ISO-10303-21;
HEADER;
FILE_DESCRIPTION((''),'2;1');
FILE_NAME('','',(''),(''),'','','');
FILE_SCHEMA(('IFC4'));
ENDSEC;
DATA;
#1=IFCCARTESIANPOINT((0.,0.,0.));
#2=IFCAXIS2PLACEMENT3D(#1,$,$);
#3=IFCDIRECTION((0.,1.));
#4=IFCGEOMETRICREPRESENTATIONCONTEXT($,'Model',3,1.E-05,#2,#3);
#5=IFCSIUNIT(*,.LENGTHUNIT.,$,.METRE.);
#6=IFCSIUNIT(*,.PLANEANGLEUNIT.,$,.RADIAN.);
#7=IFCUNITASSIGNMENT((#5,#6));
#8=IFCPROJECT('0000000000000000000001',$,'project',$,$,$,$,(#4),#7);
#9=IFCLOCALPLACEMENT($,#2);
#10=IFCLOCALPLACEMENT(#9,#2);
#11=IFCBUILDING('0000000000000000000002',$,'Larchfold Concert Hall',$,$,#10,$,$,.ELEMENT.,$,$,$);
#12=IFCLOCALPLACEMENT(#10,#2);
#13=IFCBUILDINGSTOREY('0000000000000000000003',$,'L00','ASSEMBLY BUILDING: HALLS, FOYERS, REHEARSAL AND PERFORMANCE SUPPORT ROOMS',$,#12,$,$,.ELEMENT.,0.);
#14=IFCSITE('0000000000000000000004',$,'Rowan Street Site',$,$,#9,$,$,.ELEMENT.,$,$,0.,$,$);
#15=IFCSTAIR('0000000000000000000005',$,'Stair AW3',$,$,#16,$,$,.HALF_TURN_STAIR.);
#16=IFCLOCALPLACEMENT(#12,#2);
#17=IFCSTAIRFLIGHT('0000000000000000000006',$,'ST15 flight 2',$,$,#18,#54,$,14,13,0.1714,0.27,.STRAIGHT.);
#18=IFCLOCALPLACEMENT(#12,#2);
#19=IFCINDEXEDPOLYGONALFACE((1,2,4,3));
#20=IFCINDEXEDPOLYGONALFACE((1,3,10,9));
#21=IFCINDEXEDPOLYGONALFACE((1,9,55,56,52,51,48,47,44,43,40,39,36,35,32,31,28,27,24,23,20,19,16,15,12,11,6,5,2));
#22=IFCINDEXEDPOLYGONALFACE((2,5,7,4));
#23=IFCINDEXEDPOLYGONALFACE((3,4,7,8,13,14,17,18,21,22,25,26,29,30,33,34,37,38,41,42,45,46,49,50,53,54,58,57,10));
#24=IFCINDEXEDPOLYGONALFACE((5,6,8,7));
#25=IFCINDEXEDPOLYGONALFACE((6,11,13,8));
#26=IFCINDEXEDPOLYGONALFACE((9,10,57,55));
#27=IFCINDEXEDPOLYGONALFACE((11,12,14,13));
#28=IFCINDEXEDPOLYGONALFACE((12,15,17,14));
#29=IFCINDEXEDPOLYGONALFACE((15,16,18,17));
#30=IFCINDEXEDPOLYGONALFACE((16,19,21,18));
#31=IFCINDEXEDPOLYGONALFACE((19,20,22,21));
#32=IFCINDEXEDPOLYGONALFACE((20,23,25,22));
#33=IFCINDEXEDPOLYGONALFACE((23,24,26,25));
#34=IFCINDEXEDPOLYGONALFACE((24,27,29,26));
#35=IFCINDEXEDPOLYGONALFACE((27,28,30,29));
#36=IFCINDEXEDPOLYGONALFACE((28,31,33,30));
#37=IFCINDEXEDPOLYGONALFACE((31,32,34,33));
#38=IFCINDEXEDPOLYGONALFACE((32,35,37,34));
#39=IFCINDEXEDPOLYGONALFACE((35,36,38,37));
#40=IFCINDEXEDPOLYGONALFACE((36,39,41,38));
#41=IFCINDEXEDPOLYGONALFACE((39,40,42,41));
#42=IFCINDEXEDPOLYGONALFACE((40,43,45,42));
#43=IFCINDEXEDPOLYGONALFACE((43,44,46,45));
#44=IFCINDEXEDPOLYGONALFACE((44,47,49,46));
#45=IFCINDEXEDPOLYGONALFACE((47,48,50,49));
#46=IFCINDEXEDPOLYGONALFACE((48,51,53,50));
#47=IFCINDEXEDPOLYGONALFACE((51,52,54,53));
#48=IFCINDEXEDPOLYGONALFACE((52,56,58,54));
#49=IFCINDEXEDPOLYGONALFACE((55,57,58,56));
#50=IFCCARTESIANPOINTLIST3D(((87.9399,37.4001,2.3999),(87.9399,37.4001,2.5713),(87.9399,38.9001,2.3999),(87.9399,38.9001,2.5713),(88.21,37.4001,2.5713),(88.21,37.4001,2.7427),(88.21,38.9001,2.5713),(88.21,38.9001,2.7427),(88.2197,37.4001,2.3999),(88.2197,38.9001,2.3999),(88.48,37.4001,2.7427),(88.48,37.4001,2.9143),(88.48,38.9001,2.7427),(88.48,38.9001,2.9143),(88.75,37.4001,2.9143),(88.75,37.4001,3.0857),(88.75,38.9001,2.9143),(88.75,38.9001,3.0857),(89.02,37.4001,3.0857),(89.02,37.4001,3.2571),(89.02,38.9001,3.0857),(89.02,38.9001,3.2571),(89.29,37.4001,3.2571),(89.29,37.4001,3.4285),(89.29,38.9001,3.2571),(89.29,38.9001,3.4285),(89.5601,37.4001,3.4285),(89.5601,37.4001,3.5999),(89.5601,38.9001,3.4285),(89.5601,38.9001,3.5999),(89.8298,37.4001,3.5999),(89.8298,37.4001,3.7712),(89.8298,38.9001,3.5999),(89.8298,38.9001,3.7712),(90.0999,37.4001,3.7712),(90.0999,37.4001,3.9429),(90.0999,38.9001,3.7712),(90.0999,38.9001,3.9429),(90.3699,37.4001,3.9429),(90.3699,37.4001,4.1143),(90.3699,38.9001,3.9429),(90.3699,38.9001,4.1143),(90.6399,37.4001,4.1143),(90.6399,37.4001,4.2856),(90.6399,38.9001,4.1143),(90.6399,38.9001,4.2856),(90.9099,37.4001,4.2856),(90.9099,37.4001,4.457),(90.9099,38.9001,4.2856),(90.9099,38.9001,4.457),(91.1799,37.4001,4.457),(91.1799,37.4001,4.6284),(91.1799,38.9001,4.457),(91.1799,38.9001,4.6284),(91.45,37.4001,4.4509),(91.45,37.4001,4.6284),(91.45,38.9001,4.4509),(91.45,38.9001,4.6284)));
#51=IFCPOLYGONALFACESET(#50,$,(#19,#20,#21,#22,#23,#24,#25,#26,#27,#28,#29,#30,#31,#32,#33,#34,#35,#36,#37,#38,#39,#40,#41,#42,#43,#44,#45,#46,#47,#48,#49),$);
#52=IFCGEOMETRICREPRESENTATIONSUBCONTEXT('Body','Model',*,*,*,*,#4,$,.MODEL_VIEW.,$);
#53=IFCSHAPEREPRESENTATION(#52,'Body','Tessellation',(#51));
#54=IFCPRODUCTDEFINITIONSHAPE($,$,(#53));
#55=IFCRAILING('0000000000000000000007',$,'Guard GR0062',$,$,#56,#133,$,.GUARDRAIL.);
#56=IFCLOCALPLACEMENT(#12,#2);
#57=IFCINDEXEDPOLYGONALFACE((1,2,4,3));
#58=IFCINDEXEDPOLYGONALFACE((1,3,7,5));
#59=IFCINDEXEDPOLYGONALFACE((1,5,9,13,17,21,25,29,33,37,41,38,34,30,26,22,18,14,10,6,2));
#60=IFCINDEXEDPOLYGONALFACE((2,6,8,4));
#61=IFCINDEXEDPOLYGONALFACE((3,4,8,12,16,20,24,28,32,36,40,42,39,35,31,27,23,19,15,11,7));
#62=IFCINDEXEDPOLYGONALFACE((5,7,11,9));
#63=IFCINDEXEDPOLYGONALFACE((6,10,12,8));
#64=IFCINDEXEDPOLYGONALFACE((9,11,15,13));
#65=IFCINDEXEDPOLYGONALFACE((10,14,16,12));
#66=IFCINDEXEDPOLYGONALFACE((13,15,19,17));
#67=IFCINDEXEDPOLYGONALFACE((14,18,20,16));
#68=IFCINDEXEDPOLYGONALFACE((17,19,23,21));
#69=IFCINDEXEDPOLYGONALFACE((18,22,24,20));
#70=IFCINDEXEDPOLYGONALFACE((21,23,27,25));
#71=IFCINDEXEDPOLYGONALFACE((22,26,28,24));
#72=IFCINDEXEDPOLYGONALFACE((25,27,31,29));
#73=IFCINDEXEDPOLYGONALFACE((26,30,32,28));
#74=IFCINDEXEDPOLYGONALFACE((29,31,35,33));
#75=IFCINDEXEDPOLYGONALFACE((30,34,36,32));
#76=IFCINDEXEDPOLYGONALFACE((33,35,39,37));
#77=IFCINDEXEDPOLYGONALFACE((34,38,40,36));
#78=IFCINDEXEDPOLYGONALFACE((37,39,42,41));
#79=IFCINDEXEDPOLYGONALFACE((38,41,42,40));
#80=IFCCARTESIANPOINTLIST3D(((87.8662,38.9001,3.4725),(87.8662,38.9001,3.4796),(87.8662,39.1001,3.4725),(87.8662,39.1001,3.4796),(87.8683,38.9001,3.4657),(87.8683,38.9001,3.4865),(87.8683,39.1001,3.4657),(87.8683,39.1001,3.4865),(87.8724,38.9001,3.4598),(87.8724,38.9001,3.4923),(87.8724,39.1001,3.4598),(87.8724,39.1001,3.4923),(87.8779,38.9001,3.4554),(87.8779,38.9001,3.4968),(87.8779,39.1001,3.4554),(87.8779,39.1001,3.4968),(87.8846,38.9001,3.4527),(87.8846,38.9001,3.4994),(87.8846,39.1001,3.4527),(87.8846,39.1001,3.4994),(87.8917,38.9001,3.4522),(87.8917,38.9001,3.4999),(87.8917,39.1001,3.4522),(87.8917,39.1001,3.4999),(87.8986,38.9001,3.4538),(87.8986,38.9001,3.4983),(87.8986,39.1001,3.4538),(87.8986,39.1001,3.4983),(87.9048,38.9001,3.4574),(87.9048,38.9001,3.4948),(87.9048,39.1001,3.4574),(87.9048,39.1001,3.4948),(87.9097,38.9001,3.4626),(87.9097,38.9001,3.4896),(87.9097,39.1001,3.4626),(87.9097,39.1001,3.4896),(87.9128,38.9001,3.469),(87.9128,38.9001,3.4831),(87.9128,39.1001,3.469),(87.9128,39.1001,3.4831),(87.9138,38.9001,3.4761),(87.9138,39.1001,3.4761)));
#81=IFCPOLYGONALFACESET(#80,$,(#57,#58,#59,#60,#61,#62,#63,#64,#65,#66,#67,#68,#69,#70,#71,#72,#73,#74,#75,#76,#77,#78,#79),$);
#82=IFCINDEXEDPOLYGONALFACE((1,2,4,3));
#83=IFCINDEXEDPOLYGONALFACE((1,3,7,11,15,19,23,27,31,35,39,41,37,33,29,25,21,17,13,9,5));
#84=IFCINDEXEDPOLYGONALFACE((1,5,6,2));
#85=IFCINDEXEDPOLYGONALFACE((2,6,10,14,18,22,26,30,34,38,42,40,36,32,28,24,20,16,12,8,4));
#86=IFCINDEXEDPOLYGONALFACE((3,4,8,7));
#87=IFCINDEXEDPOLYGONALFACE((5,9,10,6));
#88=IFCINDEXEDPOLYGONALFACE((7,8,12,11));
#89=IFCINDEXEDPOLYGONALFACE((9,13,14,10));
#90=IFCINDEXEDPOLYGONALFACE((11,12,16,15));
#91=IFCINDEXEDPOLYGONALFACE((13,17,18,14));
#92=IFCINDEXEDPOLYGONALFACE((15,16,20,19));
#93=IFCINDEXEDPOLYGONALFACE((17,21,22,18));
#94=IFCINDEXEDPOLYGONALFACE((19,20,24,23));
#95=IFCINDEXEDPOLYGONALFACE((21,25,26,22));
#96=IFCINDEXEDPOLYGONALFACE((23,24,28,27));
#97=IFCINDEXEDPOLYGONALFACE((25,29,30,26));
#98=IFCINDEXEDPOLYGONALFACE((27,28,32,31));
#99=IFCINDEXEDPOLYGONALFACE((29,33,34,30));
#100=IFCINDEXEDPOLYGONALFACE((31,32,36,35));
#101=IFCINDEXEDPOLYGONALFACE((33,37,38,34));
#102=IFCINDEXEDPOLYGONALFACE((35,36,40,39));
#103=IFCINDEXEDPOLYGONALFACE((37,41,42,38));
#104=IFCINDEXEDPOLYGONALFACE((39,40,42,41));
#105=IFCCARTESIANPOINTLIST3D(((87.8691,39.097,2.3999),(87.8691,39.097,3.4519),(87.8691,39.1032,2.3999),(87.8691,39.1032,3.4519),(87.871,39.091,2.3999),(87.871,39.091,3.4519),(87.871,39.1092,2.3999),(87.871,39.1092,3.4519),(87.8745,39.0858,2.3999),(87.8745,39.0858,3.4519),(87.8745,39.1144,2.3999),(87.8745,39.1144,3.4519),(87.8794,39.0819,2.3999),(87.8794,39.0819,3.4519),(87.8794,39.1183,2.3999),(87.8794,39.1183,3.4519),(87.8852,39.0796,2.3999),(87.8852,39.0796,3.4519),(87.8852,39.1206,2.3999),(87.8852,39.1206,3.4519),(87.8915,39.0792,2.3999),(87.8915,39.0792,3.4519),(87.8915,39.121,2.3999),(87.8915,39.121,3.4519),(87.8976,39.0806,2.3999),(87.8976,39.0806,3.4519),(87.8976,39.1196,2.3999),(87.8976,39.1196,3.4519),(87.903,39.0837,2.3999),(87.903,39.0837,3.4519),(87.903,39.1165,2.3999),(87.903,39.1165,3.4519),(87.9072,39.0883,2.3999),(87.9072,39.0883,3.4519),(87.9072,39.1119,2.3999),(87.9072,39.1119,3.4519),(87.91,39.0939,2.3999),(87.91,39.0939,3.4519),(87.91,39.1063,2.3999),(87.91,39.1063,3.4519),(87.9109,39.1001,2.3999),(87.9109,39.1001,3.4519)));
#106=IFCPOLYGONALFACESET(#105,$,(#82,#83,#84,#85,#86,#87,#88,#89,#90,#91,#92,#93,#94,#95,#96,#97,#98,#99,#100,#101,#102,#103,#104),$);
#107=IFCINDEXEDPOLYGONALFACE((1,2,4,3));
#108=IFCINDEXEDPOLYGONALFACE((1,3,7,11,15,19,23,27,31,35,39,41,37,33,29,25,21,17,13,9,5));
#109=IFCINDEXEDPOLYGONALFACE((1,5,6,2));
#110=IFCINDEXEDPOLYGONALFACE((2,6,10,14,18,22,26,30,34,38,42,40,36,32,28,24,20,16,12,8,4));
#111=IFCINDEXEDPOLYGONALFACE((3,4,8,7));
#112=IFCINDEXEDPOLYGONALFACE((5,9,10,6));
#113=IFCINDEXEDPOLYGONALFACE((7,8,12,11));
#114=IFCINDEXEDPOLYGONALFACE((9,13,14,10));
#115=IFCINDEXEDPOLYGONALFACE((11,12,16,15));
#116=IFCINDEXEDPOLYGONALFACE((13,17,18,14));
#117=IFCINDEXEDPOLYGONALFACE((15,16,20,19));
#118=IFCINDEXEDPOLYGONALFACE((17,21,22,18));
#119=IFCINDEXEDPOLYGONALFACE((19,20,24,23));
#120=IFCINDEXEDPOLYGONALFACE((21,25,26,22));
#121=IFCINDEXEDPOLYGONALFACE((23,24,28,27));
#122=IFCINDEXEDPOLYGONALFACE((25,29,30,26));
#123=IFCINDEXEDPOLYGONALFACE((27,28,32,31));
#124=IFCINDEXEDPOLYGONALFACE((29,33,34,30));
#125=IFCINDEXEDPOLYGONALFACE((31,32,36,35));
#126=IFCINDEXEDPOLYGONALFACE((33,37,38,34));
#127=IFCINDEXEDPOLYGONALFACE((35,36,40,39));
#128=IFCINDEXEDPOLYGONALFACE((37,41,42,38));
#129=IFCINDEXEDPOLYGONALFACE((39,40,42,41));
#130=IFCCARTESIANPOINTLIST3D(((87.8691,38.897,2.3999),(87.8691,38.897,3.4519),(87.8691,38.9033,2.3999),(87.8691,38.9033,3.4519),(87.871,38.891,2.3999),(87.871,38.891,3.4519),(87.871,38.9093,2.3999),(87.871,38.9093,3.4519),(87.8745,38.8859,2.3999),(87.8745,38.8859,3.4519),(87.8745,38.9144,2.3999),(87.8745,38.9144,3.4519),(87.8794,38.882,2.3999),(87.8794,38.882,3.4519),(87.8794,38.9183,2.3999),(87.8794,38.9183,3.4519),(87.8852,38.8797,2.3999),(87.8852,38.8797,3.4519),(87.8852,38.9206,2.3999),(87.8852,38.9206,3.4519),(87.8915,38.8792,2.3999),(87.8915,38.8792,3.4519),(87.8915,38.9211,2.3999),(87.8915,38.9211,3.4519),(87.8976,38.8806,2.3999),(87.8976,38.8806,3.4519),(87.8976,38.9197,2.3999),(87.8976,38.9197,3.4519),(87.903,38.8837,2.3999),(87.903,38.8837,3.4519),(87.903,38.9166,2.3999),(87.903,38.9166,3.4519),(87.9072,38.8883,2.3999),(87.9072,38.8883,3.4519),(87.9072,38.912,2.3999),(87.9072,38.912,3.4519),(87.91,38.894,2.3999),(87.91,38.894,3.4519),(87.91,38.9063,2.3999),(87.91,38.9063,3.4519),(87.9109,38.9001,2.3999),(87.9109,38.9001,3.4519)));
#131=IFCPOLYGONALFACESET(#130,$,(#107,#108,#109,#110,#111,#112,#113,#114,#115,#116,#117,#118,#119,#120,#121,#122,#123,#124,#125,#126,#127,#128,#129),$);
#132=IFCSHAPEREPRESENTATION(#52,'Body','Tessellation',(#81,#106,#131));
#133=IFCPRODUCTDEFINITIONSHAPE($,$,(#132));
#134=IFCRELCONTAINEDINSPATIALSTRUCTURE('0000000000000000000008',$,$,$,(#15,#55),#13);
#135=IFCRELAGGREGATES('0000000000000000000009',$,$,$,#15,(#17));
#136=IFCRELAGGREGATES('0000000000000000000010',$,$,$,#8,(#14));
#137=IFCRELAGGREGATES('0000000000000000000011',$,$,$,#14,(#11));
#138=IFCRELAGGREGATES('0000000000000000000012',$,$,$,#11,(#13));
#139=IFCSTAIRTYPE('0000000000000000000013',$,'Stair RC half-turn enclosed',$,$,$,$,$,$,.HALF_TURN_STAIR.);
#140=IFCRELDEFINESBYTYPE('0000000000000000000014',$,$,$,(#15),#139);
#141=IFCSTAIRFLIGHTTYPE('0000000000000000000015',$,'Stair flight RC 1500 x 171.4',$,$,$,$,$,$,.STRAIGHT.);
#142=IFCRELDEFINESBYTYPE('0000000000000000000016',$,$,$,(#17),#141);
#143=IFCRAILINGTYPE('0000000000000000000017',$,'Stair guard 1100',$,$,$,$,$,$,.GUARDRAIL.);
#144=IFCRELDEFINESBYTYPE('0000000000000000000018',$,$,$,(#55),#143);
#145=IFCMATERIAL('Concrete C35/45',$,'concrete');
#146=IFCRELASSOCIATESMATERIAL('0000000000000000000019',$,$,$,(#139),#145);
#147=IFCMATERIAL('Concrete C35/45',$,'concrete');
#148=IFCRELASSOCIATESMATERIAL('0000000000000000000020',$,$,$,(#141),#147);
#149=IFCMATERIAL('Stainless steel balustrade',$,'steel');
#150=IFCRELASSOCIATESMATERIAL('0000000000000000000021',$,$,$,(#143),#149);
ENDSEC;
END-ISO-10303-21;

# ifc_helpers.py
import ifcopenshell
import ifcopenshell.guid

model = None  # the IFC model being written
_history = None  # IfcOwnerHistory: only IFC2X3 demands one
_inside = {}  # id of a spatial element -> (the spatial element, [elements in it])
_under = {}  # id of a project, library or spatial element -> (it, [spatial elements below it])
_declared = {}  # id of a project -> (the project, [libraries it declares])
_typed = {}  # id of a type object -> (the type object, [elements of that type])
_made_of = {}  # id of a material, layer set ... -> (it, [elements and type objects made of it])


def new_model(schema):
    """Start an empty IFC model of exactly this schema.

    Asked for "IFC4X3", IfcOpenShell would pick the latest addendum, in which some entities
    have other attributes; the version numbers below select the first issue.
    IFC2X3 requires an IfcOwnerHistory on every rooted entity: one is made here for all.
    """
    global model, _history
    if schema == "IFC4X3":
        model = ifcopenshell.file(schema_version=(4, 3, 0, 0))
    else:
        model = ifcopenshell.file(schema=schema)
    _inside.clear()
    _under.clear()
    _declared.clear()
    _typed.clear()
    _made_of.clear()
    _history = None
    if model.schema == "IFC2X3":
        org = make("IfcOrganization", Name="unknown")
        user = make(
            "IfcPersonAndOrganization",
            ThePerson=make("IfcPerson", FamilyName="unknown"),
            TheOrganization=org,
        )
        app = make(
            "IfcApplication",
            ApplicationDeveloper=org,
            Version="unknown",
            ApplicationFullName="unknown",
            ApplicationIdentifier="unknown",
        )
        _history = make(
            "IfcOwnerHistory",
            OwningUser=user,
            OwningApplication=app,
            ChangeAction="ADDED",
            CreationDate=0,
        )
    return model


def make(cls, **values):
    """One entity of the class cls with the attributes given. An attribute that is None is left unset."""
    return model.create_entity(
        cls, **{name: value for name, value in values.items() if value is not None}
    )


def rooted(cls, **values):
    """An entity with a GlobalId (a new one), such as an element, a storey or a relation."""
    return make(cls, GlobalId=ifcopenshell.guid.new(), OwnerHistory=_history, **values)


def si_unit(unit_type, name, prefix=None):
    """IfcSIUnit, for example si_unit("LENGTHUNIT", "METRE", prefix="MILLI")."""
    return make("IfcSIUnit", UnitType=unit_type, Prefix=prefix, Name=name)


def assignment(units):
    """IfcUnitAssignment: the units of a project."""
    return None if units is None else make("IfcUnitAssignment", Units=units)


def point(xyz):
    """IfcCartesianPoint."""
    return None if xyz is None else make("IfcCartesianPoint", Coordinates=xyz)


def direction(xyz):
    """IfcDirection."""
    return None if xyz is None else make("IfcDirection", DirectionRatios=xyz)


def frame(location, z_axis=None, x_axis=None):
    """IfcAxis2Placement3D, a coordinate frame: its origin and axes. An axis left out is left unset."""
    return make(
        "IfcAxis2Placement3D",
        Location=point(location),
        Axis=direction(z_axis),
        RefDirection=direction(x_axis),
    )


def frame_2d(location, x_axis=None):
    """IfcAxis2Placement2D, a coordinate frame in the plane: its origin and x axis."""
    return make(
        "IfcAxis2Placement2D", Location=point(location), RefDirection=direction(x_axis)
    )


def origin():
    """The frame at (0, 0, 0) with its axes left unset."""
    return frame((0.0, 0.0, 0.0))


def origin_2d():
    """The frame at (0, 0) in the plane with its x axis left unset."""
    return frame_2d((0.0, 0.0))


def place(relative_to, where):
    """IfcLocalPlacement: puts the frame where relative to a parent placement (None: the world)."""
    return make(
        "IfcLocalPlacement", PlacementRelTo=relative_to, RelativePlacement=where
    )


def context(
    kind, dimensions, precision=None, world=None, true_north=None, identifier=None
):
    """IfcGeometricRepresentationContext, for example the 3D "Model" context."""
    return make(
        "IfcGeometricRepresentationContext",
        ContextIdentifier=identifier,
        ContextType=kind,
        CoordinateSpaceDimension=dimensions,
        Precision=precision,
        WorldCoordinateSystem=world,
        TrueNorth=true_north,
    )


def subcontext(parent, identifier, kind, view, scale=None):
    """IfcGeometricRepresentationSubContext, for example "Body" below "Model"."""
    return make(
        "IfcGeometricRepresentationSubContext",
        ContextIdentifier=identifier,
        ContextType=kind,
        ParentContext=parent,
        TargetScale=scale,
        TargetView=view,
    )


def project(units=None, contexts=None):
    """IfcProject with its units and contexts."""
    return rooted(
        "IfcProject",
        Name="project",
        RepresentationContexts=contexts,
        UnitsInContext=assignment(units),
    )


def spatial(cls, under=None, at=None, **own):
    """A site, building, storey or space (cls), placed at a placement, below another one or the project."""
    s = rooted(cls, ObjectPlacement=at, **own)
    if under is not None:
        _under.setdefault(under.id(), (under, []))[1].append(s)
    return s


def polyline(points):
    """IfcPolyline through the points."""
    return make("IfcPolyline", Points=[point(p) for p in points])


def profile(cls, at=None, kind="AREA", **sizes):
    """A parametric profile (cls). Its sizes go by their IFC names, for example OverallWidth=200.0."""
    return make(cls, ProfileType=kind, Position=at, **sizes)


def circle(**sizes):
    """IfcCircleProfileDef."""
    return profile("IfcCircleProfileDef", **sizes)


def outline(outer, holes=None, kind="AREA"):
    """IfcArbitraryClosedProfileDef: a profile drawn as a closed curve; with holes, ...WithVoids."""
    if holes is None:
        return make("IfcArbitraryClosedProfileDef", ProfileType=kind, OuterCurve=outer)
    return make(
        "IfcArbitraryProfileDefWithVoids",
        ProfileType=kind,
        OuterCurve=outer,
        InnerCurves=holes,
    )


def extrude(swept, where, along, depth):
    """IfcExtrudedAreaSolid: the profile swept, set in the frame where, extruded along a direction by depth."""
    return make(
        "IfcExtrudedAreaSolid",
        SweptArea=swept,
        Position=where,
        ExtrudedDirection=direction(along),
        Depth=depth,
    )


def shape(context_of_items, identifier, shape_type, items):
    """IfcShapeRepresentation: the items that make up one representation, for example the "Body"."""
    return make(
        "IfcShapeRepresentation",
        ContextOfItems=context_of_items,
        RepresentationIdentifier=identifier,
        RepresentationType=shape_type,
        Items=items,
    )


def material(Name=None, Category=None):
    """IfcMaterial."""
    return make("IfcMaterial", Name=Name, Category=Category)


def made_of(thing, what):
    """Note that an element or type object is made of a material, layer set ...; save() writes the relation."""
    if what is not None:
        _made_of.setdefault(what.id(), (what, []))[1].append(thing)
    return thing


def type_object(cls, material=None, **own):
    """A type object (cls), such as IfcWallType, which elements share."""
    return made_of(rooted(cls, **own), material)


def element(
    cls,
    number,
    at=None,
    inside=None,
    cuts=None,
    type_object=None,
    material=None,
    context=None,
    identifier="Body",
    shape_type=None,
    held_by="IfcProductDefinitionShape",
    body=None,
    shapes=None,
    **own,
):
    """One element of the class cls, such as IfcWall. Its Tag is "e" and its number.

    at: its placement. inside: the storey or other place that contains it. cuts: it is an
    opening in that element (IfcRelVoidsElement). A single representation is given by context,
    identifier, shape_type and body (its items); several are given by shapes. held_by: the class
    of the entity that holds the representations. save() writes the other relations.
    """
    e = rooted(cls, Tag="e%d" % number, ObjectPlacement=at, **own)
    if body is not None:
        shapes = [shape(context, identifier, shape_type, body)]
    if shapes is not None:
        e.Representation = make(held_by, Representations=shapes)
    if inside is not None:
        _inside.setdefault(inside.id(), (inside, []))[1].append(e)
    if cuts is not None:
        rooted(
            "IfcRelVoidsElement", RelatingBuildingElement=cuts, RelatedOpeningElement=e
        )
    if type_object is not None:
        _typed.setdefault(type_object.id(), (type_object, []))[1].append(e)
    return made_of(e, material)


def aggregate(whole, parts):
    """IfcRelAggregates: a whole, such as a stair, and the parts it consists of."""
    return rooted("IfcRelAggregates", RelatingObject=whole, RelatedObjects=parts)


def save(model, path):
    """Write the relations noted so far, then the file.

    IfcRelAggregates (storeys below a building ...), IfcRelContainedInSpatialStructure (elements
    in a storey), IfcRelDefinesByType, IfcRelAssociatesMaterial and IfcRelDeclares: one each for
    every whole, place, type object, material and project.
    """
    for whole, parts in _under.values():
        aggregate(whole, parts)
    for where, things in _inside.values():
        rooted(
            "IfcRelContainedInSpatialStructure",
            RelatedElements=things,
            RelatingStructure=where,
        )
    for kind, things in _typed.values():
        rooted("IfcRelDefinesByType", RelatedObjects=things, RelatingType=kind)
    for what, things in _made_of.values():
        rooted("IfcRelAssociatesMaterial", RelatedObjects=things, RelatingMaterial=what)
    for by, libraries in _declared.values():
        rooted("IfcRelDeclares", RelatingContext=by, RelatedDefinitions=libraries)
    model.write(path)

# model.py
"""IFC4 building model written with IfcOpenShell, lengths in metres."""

from ifc_helpers import new_model, si_unit, direction, frame, origin, origin_2d, place, context, subcontext, project, spatial, polyline, circle, outline, extrude, material, type_object, element, aggregate, save


model = new_model("IFC4")

# Units and contexts
model_context = context("Model", 3, precision=1e-05, world=origin(), true_north=direction((0.0, 1.0)))
body_context = subcontext(model_context, "Body", "Model", "MODEL_VIEW")
ifc_project = project(units=[si_unit("LENGTHUNIT", "METRE"), si_unit("PLANEANGLEUNIT", "RADIAN")], contexts=[model_context])

# Site, building, storey
site_placement = place(None, origin())
site = spatial("IfcSite", under=ifc_project, at=site_placement, Name="Rowan Street Site", CompositionType="ELEMENT", RefElevation=0.0)
building_placement = place(site_placement, origin())
building = spatial("IfcBuilding", under=site, at=building_placement, Name="Larchfold Concert Hall", CompositionType="ELEMENT")
storey_placement = place(building_placement, origin())
storey = spatial("IfcBuildingStorey", under=building, at=storey_placement, Name="L00", Description="ASSEMBLY BUILDING: HALLS, FOYERS, REHEARSAL AND PERFORMANCE SUPPORT ROOMS", CompositionType="ELEMENT", Elevation=0.0)

# Stair, stair flight
ifc_material_1 = material(Name="Concrete C35/45", Category="concrete")
stair_type = type_object("IfcStairType", Name="Stair RC half-turn enclosed", PredefinedType="HALF_TURN_STAIR", material=ifc_material_1)
stair_placement = place(storey_placement, origin())
stair = element("IfcStair", 1, at=stair_placement, inside=storey, type_object=stair_type, Name="Stair AW3", PredefinedType="HALF_TURN_STAIR")
ifc_material_2 = material(Name="Concrete C35/45", Category="concrete")
stair_flight_type = type_object("IfcStairFlightType", Name="Stair flight RC 1500 x 171.4", PredefinedType="STRAIGHT", material=ifc_material_2)
stair_flight_placement = place(storey_placement, frame((87.9399, 38.1501, 2.3999), z_axis=(0.0, 0.0, 1.0), x_axis=(1.0, 0.0, 0.0)))
stair_flight = element("IfcStairFlight", 2, at=stair_flight_placement, type_object=stair_flight_type, Name="ST15 flight 2", NumberOfRisers=14, NumberOfTreads=13, PredefinedType="STRAIGHT", RiserHeight=0.1714, TreadLength=0.27, context=body_context, shape_type="SweptSolid", body=[
    extrude(outline(polyline([(0.0, 0.0), (0.0, 0.1714), (0.27, 0.1714), (0.27, 0.3428), (0.54, 0.3428), (0.54, 0.5144), (0.8101, 0.5144), (0.8101, 0.6858), (1.0801, 0.6858), (1.0801, 0.8572), (1.3501, 0.8572), (1.3501, 1.0286), (1.6201, 1.0286), (1.6201, 1.2), (1.8899, 1.2), (1.8899, 1.3713), (2.1599, 1.3713), (2.1599, 1.543), (2.4299, 1.543), (2.4299, 1.7144), (2.7, 1.7144), (2.7, 1.8857), (2.97, 1.8857), (2.97, 2.0571), (3.24, 2.0571), (3.24, 2.2285), (3.51, 2.2285), (3.51, 2.3999), (3.51, 2.051), (0.2798, 0.0), (0.0, 0.0)])), frame((0.0, 0.75, 0.0), z_axis=(0.0, -1.0, 0.0), x_axis=(1.0, 0.0, 0.0)), (0.0, 0.0, 1.0), 1.5),
])
aggregate(stair, [stair_flight])

# Railing
ifc_material_3 = material(Name="Stainless steel balustrade", Category="steel")
railing_type_1 = type_object("IfcRailingType", Name="Stair guard 1100", PredefinedType="GUARDRAIL", material=ifc_material_3)
railing_placement = place(storey_placement, frame((87.8899, 39.1001, 2.3999)))
element("IfcRailing", 3, at=railing_placement, inside=storey, type_object=railing_type_1, Name="Guard GR0062", PredefinedType="GUARDRAIL", context=body_context, shape_type="SweptSolid", body=[
    extrude(circle(Radius=0.0239, at=origin_2d()), frame((0.0, 0.0, 1.0762), z_axis=(0.0, -1.0, 0.0), x_axis=(1.0, 0.0, 0.0)), (0.0, 0.0, 1.0), 0.2),
    extrude(circle(Radius=0.021, at=origin_2d()), origin(), (0.0, 0.0, 1.0), 1.052),
    extrude(circle(Radius=0.021, at=origin_2d()), frame((0.0, -0.2, 0.0)), (0.0, 0.0, 1.0), 1.052),
])

save(model, "model.ifc")
